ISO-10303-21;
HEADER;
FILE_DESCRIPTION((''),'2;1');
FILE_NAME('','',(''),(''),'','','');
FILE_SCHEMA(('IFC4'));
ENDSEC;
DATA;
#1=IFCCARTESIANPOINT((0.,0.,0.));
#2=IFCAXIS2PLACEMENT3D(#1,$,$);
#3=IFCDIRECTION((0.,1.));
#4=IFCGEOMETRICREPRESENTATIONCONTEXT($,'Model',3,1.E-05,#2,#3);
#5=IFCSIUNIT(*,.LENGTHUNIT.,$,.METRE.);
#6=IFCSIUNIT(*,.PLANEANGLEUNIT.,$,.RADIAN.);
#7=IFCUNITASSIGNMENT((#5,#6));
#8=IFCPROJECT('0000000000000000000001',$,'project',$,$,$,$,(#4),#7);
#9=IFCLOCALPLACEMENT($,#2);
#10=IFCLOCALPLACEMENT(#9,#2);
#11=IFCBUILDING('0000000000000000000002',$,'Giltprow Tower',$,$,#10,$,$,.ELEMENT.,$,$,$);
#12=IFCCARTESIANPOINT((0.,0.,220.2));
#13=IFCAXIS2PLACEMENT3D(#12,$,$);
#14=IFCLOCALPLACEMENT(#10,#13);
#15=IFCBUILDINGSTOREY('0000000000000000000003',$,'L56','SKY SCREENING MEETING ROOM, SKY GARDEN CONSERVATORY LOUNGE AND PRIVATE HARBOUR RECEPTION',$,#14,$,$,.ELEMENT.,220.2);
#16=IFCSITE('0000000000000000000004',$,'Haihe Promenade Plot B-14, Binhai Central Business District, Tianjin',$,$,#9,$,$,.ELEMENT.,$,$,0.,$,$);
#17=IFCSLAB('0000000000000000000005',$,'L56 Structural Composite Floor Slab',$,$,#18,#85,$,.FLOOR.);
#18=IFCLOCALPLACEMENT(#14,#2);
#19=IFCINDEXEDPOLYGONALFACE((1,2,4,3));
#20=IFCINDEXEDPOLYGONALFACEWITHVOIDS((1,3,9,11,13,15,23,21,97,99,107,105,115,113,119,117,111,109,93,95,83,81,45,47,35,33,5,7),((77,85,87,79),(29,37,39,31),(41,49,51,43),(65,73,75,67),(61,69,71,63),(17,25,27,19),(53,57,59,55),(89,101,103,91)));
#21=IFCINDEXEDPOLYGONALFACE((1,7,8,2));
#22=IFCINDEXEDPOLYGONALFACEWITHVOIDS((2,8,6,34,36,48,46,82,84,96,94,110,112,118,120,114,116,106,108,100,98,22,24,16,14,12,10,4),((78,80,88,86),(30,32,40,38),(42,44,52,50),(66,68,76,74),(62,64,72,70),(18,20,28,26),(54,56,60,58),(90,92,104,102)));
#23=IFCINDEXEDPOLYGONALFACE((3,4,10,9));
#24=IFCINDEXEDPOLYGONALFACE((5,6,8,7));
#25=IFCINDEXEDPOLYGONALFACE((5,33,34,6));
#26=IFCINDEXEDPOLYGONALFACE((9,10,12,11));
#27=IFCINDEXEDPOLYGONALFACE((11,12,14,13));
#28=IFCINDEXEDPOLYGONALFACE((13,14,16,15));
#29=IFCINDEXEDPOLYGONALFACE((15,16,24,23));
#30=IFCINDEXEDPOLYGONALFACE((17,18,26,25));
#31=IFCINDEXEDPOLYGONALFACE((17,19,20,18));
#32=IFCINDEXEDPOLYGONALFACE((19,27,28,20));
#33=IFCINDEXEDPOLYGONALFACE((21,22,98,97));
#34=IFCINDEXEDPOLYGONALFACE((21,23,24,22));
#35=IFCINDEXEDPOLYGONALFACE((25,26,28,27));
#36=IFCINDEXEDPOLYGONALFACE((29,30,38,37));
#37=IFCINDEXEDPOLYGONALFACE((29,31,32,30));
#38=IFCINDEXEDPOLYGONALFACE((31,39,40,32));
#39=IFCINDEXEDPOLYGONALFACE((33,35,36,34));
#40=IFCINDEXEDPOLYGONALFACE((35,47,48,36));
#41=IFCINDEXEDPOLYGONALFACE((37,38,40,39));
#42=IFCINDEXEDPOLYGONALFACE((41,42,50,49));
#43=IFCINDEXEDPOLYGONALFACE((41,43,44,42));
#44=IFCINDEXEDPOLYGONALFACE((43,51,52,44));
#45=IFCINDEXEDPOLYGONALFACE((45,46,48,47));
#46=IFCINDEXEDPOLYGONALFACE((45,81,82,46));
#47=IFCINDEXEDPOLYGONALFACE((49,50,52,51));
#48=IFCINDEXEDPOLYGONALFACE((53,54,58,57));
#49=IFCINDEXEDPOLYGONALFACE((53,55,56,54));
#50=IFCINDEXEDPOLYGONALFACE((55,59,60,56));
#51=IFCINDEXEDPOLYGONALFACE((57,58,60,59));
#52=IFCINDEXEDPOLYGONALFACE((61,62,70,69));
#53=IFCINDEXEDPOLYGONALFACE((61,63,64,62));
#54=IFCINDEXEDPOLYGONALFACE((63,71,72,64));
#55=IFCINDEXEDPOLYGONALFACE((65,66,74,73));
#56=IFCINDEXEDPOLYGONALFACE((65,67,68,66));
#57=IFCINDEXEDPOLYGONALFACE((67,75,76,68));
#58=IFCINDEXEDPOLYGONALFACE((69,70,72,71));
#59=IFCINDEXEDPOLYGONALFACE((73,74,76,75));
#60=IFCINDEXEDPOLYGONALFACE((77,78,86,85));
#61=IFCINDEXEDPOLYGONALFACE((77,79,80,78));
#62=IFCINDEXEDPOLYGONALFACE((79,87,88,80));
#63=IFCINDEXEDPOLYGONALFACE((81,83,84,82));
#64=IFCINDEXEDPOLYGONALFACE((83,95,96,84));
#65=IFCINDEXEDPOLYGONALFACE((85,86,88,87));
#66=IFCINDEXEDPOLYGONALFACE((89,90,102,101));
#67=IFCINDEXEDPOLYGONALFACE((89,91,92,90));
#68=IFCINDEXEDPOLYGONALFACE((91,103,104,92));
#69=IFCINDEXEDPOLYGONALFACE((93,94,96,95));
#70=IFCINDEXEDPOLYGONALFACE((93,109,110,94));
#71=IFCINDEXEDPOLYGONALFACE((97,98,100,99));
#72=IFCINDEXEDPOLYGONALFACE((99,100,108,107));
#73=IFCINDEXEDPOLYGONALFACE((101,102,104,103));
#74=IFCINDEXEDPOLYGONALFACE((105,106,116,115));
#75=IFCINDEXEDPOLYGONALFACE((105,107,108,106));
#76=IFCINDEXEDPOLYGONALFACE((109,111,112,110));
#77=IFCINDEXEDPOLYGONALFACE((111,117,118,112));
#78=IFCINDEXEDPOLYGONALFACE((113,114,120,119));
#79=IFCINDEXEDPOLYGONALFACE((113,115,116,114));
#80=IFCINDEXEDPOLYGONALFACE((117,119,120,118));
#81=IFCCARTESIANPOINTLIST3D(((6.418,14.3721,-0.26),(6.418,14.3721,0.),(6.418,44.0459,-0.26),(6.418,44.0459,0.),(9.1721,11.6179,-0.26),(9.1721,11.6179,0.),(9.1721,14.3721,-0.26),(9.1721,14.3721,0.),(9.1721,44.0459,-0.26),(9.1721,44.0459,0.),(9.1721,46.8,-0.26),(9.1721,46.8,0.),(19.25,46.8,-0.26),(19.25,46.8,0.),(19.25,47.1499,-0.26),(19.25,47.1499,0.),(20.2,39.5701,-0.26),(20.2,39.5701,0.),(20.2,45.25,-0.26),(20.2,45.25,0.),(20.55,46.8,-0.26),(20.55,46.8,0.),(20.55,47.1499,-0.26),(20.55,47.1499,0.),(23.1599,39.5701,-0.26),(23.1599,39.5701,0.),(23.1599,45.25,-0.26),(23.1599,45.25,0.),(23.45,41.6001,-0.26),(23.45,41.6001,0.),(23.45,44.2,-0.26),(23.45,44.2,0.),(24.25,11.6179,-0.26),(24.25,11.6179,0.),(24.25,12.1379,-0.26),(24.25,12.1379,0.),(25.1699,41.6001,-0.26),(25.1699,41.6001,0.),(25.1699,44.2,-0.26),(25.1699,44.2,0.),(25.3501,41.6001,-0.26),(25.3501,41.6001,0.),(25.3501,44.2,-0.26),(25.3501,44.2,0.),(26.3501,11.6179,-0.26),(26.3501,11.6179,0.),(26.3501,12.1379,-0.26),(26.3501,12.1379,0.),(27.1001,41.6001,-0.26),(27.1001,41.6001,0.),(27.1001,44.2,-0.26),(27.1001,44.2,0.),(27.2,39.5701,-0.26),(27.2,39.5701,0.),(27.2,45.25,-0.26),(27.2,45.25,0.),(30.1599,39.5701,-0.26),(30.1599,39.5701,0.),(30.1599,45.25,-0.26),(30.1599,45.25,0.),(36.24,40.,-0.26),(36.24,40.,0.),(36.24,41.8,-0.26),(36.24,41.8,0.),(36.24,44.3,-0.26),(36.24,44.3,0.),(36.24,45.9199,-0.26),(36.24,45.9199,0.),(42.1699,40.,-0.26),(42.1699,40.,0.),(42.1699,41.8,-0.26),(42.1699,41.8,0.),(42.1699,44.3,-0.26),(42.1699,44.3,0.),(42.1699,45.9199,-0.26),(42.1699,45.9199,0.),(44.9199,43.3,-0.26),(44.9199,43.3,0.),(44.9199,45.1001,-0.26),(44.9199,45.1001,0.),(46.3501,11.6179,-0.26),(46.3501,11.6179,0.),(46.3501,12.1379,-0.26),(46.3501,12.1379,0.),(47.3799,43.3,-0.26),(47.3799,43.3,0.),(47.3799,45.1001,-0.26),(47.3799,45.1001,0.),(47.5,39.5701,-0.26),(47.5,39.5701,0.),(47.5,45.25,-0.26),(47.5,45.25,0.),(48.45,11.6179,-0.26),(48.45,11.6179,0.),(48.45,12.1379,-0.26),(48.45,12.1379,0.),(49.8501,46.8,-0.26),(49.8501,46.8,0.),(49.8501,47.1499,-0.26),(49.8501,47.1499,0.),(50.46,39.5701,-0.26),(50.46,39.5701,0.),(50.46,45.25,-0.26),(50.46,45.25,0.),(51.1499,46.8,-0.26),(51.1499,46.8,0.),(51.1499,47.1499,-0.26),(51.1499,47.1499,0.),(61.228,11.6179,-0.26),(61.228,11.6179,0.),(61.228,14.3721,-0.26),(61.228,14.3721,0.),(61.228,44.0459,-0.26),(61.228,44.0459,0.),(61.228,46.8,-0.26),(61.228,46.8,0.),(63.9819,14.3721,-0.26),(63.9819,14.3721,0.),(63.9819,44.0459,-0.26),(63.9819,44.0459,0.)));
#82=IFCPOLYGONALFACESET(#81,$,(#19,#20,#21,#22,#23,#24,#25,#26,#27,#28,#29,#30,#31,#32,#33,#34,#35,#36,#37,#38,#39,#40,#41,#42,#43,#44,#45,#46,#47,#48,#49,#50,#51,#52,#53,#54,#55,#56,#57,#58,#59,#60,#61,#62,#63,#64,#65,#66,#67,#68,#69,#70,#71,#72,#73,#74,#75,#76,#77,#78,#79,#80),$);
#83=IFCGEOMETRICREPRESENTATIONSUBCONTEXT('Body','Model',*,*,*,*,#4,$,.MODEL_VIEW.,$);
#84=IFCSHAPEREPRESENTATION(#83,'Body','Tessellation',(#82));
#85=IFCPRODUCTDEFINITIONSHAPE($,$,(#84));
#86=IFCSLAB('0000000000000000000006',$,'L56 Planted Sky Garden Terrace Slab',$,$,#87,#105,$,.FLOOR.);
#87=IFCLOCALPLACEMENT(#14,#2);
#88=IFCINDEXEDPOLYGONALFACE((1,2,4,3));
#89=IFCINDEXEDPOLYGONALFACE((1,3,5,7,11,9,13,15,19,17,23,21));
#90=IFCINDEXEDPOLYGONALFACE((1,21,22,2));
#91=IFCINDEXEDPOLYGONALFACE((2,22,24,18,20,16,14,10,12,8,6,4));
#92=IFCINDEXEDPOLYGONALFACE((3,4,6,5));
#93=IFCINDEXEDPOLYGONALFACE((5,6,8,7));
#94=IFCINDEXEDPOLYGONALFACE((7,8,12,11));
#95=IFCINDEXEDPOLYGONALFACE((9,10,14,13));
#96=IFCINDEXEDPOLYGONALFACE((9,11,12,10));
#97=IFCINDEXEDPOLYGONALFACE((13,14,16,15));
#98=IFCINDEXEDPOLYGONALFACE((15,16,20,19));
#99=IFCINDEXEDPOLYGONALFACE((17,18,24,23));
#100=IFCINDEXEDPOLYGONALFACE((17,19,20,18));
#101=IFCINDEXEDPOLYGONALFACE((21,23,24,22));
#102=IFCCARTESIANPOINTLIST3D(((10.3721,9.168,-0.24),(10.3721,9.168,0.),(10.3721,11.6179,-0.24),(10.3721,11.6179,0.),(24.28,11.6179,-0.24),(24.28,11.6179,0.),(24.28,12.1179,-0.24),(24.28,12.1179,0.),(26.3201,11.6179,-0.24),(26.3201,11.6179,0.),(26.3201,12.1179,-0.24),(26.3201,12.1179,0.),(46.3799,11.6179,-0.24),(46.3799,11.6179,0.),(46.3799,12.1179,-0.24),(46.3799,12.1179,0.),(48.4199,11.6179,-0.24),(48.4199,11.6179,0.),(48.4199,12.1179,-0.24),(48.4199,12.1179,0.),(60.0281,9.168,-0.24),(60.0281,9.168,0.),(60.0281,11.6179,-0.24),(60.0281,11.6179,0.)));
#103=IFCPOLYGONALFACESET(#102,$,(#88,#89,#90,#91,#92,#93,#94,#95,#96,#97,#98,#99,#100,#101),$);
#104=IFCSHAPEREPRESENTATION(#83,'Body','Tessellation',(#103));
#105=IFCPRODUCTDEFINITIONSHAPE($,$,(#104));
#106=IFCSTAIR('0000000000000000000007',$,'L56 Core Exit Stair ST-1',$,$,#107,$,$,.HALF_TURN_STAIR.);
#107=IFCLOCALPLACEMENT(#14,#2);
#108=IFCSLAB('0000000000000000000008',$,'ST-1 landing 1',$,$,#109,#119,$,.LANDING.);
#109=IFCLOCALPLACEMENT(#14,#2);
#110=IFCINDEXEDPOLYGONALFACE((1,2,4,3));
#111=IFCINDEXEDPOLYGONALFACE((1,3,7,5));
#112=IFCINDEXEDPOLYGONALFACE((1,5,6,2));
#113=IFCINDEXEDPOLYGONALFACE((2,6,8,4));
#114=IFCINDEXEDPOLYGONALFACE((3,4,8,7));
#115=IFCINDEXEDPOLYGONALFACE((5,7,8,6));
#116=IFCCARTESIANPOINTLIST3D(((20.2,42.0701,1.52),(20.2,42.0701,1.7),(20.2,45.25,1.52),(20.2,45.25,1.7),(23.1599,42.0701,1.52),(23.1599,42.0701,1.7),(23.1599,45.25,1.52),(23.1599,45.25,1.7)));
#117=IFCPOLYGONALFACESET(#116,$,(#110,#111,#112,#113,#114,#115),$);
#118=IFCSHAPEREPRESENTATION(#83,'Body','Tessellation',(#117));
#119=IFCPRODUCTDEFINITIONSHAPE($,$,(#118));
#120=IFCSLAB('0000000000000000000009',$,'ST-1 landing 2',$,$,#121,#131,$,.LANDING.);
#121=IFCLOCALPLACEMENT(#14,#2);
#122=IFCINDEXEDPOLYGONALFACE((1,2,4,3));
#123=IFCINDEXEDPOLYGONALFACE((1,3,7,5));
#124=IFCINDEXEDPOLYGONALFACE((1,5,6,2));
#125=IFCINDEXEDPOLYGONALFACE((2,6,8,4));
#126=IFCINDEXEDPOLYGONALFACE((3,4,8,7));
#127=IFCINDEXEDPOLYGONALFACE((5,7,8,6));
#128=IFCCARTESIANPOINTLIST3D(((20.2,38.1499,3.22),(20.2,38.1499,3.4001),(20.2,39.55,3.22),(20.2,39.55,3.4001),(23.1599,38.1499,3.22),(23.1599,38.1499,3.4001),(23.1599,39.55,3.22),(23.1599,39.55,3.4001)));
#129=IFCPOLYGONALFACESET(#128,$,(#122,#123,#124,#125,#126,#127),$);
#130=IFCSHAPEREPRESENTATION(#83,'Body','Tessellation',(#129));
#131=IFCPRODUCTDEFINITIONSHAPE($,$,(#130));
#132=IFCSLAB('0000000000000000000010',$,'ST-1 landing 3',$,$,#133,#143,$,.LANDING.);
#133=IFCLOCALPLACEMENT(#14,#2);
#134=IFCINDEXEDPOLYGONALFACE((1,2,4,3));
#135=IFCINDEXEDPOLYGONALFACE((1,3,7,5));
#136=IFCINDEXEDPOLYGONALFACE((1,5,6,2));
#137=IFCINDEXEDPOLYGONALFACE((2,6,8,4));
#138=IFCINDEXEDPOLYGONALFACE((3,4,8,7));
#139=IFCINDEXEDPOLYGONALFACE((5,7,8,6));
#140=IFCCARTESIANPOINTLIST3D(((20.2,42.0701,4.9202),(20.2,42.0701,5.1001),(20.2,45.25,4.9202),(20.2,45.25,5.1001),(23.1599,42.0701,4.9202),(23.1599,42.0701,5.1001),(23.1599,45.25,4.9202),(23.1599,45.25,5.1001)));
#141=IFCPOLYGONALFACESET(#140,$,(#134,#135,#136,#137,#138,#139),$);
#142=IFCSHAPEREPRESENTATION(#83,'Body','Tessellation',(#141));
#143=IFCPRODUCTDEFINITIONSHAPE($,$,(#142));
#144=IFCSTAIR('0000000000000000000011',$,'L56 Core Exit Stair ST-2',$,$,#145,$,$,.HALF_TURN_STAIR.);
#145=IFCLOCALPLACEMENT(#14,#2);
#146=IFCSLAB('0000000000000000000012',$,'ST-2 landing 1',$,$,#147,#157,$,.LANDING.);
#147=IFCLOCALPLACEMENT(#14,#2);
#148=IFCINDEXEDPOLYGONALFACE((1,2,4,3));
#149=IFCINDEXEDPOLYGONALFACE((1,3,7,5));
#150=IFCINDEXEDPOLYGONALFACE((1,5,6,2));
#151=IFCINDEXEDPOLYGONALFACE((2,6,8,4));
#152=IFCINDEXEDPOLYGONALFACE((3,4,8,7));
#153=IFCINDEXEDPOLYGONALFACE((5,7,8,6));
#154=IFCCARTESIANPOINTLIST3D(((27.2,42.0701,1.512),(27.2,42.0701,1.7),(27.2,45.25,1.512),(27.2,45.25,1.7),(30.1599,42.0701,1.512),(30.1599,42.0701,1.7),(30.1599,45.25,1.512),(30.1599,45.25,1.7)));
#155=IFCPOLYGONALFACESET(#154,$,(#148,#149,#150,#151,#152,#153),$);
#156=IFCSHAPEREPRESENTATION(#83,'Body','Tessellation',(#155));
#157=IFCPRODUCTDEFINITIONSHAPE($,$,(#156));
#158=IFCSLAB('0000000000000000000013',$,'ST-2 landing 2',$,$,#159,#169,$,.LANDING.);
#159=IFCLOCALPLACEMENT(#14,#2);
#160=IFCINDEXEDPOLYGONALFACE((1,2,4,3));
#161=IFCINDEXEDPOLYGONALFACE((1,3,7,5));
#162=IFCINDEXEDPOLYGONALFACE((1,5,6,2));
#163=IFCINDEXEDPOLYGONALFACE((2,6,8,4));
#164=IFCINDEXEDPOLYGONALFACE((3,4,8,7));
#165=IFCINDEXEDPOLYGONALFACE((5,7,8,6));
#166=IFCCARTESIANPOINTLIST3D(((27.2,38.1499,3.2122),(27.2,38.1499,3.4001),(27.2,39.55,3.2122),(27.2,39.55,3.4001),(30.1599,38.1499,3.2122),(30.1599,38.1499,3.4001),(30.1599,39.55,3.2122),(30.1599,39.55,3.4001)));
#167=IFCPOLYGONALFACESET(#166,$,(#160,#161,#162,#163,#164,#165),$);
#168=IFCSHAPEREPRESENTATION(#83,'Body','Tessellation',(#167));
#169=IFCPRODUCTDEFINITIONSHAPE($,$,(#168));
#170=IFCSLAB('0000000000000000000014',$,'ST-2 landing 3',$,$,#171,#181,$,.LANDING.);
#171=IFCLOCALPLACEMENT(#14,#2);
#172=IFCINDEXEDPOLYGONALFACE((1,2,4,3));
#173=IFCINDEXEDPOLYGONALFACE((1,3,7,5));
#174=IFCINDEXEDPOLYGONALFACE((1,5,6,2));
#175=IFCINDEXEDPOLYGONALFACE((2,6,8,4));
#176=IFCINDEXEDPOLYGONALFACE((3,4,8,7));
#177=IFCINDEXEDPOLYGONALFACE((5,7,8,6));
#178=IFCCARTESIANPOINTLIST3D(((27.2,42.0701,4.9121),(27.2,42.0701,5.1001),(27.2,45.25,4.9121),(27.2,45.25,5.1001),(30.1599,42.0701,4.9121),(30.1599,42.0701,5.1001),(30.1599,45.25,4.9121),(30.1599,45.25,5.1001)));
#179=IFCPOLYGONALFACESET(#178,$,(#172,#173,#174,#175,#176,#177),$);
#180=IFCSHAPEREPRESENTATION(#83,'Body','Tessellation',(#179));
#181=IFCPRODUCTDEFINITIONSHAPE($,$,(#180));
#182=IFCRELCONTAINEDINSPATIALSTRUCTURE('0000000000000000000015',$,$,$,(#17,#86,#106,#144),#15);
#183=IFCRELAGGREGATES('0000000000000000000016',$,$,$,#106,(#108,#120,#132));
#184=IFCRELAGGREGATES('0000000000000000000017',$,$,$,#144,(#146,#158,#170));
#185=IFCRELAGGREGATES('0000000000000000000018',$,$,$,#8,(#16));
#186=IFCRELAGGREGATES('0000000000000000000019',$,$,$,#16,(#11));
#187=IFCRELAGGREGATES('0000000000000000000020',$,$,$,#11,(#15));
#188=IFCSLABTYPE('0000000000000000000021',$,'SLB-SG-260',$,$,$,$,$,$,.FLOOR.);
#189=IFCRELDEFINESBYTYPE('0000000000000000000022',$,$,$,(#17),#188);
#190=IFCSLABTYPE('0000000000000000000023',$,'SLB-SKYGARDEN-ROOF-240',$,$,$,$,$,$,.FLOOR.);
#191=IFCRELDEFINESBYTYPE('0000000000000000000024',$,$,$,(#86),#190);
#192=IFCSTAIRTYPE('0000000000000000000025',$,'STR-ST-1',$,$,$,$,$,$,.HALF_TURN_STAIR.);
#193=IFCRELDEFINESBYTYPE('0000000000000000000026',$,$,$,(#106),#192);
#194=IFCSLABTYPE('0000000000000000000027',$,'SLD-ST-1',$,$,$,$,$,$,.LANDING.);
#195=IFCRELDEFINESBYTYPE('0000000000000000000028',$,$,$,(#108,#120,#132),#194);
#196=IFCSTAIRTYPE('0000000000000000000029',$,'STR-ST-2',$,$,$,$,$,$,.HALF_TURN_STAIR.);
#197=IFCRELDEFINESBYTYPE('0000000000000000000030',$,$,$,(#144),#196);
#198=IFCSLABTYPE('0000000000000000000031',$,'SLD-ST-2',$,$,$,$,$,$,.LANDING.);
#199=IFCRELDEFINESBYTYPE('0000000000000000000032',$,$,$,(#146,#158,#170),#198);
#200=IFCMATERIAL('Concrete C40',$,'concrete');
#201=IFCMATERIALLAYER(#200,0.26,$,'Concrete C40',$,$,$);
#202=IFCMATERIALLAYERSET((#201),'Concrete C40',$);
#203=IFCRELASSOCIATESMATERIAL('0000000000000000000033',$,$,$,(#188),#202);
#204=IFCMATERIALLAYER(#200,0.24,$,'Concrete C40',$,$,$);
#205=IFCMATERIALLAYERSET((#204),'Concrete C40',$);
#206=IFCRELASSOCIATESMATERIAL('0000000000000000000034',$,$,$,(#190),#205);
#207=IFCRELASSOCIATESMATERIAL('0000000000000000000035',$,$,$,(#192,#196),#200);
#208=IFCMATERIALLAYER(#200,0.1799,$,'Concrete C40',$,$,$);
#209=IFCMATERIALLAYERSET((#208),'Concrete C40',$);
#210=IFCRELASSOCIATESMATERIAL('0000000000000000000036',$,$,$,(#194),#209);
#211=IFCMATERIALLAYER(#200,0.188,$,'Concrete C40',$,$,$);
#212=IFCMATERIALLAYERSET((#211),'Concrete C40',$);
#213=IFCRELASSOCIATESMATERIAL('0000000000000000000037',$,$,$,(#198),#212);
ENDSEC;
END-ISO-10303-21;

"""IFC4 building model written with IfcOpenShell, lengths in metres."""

from ifc_helpers import new_model, si_unit, direction, frame, origin, place, context, subcontext, project, spatial, polyline, outline, extrude, material, layer, layer_set, type_object, element, aggregate, save


model = new_model("IFC4")

# Units and contexts
model_context = context("Model", 3, precision=1e-05, world=origin(), true_north=direction((0.0, 1.0)))
body_context = subcontext(model_context, "Body", "Model", "MODEL_VIEW")
ifc_project = project(units=[si_unit("LENGTHUNIT", "METRE"), si_unit("PLANEANGLEUNIT", "RADIAN")], contexts=[model_context])

# Site, building, storey
site_placement = place(None, origin())
site = spatial("IfcSite", under=ifc_project, at=site_placement, Name="Haihe Promenade Plot B-14, Binhai Central Business District, Tianjin", CompositionType="ELEMENT", RefElevation=0.0)
building_placement = place(site_placement, origin())
building = spatial("IfcBuilding", under=site, at=building_placement, Name="Giltprow Tower", CompositionType="ELEMENT")
storey_placement = place(building_placement, frame((0.0, 0.0, 220.2)))
storey = spatial("IfcBuildingStorey", under=building, at=storey_placement, Name="L56", Description="SKY SCREENING MEETING ROOM, SKY GARDEN CONSERVATORY LOUNGE AND PRIVATE HARBOUR RECEPTION", CompositionType="ELEMENT", Elevation=220.2)

# Slabs
ifc_material_1 = material(Name="Concrete C40", Category="concrete")
ifc_layer_1 = layer(ifc_material_1, 0.26, Name="Concrete C40")
ifc_layer_set_1 = layer_set([ifc_layer_1], Name="Concrete C40")
slab_type_1 = type_object("IfcSlabType", Name="SLB-SG-260", PredefinedType="FLOOR", material=ifc_layer_set_1)
slab_1_placement = place(storey_placement, frame((0.0, 0.0, -0.26)))
element("IfcSlab", 1, at=slab_1_placement, inside=storey, type_object=slab_type_1, Name="L56 Structural Composite Floor Slab", PredefinedType="FLOOR", context=body_context, shape_type="SweptSolid", body=[
    extrude(outline(polyline([(63.9819, 44.0459), (63.9819, 14.3721), (61.228, 14.3721), (61.228, 11.6179), (48.45, 11.6179), (48.45, 12.1379), (46.3501, 12.1379), (46.3501, 11.6179), (26.3501, 11.6179), (26.3501, 12.1379), (24.25, 12.1379), (24.25, 11.6179), (9.1721, 11.6179), (9.1721, 14.3721), (6.418, 14.3721), (6.418, 44.0459), (9.1721, 44.0459), (9.1721, 46.8), (19.25, 46.8), (19.25, 47.1499), (20.55, 47.1499), (20.55, 46.8), (49.8501, 46.8), (49.8501, 47.1499), (51.1499, 47.1499), (51.1499, 46.8), (61.228, 46.8), (61.228, 44.0459), (63.9819, 44.0459)]), holes=[polyline([(42.1699, 41.8), (36.24, 41.8), (36.24, 40.0), (42.1699, 40.0), (42.1699, 41.8)]), polyline([(23.1599, 39.5701), (23.1599, 45.25), (20.2, 45.25), (20.2, 39.5701), (23.1599, 39.5701)]), polyline([(30.1599, 39.5701), (30.1599, 45.25), (27.2, 45.25), (27.2, 39.5701), (30.1599, 39.5701)]), polyline([(50.46, 45.25), (47.5, 45.25), (47.5, 39.5701), (50.46, 39.5701), (50.46, 45.25)]), polyline([(25.1699, 44.2), (23.45, 44.2), (23.45, 41.6001), (25.1699, 41.6001), (25.1699, 44.2)]), polyline([(27.1001, 44.2), (25.3501, 44.2), (25.3501, 41.6001), (27.1001, 41.6001), (27.1001, 44.2)]), polyline([(47.3799, 43.3), (47.3799, 45.1001), (44.9199, 45.1001), (44.9199, 43.3), (47.3799, 43.3)]), polyline([(42.1699, 44.3), (42.1699, 45.9199), (36.24, 45.9199), (36.24, 44.3), (42.1699, 44.3)])]), origin(), (0.0, 0.0, 1.0), 0.26),
])
ifc_layer_2 = layer(ifc_material_1, 0.24, Name="Concrete C40")
ifc_layer_set_2 = layer_set([ifc_layer_2], Name="Concrete C40")
slab_type_2 = type_object("IfcSlabType", Name="SLB-SKYGARDEN-ROOF-240", PredefinedType="FLOOR", material=ifc_layer_set_2)
slab_2_placement = place(storey_placement, frame((0.0, 0.0, -0.24)))
element("IfcSlab", 2, at=slab_2_placement, inside=storey, type_object=slab_type_2, Name="L56 Planted Sky Garden Terrace Slab", PredefinedType="FLOOR", context=body_context, shape_type="SweptSolid", body=[
    extrude(outline(polyline([(60.0281, 11.6179), (60.0281, 9.168), (10.3721, 9.168), (10.3721, 11.6179), (24.28, 11.6179), (24.28, 12.1179), (26.3201, 12.1179), (26.3201, 11.6179), (46.3799, 11.6179), (46.3799, 12.1179), (48.4199, 12.1179), (48.4199, 11.6179), (60.0281, 11.6179)])), origin(), (0.0, 0.0, 1.0), 0.24),
])

# Stairs, slabs
stair_type_1 = type_object("IfcStairType", Name="STR-ST-1", PredefinedType="HALF_TURN_STAIR", material=ifc_material_1)
stair_1_placement = place(storey_placement, origin())
stair_1 = element("IfcStair", 3, at=stair_1_placement, inside=storey, type_object=stair_type_1, Name="L56 Core Exit Stair ST-1", PredefinedType="HALF_TURN_STAIR")
ifc_layer_3 = layer(ifc_material_1, 0.1799, Name="Concrete C40")
ifc_layer_set_3 = layer_set([ifc_layer_3], Name="Concrete C40")
slab_type_3 = type_object("IfcSlabType", Name="SLD-ST-1", PredefinedType="LANDING", material=ifc_layer_set_3)
slab_3_placement = place(storey_placement, frame((0.0, 0.0, 1.52)))
slab_3 = element("IfcSlab", 4, at=slab_3_placement, type_object=slab_type_3, Name="ST-1 landing 1", PredefinedType="LANDING", context=body_context, shape_type="SweptSolid", body=[
    extrude(outline(polyline([(23.1599, 42.0701), (23.1599, 45.25), (20.2, 45.25), (20.2, 42.0701), (23.1599, 42.0701)])), origin(), (0.0, 0.0, 1.0), 0.1799),
])
slab_4_placement = place(storey_placement, frame((0.0, 0.0, 3.22)))
slab_4 = element("IfcSlab", 5, at=slab_4_placement, type_object=slab_type_3, Name="ST-1 landing 2", PredefinedType="LANDING", context=body_context, shape_type="SweptSolid", body=[
    extrude(outline(polyline([(23.1599, 38.1499), (23.1599, 39.55), (20.2, 39.55), (20.2, 38.1499), (23.1599, 38.1499)])), origin(), (0.0, 0.0, 1.0), 0.1802),
])
slab_5_placement = place(storey_placement, frame((0.0, 0.0, 4.9202)))
slab_5 = element("IfcSlab", 6, at=slab_5_placement, type_object=slab_type_3, Name="ST-1 landing 3", PredefinedType="LANDING", context=body_context, shape_type="SweptSolid", body=[
    extrude(outline(polyline([(23.1599, 42.0701), (23.1599, 45.25), (20.2, 45.25), (20.2, 42.0701), (23.1599, 42.0701)])), origin(), (0.0, 0.0, 1.0), 0.1799),
])
aggregate(stair_1, [slab_3, slab_4, slab_5])
stair_type_2 = type_object("IfcStairType", Name="STR-ST-2", PredefinedType="HALF_TURN_STAIR", material=ifc_material_1)
stair_2_placement = place(storey_placement, origin())
stair_2 = element("IfcStair", 7, at=stair_2_placement, inside=storey, type_object=stair_type_2, Name="L56 Core Exit Stair ST-2", PredefinedType="HALF_TURN_STAIR")
ifc_layer_4 = layer(ifc_material_1, 0.188, Name="Concrete C40")
ifc_layer_set_4 = layer_set([ifc_layer_4], Name="Concrete C40")
slab_type_4 = type_object("IfcSlabType", Name="SLD-ST-2", PredefinedType="LANDING", material=ifc_layer_set_4)
slab_6_placement = place(storey_placement, frame((0.0, 0.0, 1.512)))
slab_6 = element("IfcSlab", 8, at=slab_6_placement, type_object=slab_type_4, Name="ST-2 landing 1", PredefinedType="LANDING", context=body_context, shape_type="SweptSolid", body=[
    extrude(outline(polyline([(30.1599, 42.0701), (30.1599, 45.25), (27.2, 45.25), (27.2, 42.0701), (30.1599, 42.0701)])), origin(), (0.0, 0.0, 1.0), 0.188),
])
slab_7_placement = place(storey_placement, frame((0.0, 0.0, 3.2122)))
slab_7 = element("IfcSlab", 9, at=slab_7_placement, type_object=slab_type_4, Name="ST-2 landing 2", PredefinedType="LANDING", context=body_context, shape_type="SweptSolid", body=[
    extrude(outline(polyline([(30.1599, 38.1499), (30.1599, 39.55), (27.2, 39.55), (27.2, 38.1499), (30.1599, 38.1499)])), origin(), (0.0, 0.0, 1.0), 0.188),
])
slab_8_placement = place(storey_placement, frame((0.0, 0.0, 4.9121)))
slab_8 = element("IfcSlab", 10, at=slab_8_placement, type_object=slab_type_4, Name="ST-2 landing 3", PredefinedType="LANDING", context=body_context, shape_type="SweptSolid", body=[
    extrude(outline(polyline([(30.1599, 42.0701), (30.1599, 45.25), (27.2, 45.25), (27.2, 42.0701), (30.1599, 42.0701)])), origin(), (0.0, 0.0, 1.0), 0.188),
])
aggregate(stair_2, [slab_6, slab_7, slab_8])

save(model, "model.ifc")
